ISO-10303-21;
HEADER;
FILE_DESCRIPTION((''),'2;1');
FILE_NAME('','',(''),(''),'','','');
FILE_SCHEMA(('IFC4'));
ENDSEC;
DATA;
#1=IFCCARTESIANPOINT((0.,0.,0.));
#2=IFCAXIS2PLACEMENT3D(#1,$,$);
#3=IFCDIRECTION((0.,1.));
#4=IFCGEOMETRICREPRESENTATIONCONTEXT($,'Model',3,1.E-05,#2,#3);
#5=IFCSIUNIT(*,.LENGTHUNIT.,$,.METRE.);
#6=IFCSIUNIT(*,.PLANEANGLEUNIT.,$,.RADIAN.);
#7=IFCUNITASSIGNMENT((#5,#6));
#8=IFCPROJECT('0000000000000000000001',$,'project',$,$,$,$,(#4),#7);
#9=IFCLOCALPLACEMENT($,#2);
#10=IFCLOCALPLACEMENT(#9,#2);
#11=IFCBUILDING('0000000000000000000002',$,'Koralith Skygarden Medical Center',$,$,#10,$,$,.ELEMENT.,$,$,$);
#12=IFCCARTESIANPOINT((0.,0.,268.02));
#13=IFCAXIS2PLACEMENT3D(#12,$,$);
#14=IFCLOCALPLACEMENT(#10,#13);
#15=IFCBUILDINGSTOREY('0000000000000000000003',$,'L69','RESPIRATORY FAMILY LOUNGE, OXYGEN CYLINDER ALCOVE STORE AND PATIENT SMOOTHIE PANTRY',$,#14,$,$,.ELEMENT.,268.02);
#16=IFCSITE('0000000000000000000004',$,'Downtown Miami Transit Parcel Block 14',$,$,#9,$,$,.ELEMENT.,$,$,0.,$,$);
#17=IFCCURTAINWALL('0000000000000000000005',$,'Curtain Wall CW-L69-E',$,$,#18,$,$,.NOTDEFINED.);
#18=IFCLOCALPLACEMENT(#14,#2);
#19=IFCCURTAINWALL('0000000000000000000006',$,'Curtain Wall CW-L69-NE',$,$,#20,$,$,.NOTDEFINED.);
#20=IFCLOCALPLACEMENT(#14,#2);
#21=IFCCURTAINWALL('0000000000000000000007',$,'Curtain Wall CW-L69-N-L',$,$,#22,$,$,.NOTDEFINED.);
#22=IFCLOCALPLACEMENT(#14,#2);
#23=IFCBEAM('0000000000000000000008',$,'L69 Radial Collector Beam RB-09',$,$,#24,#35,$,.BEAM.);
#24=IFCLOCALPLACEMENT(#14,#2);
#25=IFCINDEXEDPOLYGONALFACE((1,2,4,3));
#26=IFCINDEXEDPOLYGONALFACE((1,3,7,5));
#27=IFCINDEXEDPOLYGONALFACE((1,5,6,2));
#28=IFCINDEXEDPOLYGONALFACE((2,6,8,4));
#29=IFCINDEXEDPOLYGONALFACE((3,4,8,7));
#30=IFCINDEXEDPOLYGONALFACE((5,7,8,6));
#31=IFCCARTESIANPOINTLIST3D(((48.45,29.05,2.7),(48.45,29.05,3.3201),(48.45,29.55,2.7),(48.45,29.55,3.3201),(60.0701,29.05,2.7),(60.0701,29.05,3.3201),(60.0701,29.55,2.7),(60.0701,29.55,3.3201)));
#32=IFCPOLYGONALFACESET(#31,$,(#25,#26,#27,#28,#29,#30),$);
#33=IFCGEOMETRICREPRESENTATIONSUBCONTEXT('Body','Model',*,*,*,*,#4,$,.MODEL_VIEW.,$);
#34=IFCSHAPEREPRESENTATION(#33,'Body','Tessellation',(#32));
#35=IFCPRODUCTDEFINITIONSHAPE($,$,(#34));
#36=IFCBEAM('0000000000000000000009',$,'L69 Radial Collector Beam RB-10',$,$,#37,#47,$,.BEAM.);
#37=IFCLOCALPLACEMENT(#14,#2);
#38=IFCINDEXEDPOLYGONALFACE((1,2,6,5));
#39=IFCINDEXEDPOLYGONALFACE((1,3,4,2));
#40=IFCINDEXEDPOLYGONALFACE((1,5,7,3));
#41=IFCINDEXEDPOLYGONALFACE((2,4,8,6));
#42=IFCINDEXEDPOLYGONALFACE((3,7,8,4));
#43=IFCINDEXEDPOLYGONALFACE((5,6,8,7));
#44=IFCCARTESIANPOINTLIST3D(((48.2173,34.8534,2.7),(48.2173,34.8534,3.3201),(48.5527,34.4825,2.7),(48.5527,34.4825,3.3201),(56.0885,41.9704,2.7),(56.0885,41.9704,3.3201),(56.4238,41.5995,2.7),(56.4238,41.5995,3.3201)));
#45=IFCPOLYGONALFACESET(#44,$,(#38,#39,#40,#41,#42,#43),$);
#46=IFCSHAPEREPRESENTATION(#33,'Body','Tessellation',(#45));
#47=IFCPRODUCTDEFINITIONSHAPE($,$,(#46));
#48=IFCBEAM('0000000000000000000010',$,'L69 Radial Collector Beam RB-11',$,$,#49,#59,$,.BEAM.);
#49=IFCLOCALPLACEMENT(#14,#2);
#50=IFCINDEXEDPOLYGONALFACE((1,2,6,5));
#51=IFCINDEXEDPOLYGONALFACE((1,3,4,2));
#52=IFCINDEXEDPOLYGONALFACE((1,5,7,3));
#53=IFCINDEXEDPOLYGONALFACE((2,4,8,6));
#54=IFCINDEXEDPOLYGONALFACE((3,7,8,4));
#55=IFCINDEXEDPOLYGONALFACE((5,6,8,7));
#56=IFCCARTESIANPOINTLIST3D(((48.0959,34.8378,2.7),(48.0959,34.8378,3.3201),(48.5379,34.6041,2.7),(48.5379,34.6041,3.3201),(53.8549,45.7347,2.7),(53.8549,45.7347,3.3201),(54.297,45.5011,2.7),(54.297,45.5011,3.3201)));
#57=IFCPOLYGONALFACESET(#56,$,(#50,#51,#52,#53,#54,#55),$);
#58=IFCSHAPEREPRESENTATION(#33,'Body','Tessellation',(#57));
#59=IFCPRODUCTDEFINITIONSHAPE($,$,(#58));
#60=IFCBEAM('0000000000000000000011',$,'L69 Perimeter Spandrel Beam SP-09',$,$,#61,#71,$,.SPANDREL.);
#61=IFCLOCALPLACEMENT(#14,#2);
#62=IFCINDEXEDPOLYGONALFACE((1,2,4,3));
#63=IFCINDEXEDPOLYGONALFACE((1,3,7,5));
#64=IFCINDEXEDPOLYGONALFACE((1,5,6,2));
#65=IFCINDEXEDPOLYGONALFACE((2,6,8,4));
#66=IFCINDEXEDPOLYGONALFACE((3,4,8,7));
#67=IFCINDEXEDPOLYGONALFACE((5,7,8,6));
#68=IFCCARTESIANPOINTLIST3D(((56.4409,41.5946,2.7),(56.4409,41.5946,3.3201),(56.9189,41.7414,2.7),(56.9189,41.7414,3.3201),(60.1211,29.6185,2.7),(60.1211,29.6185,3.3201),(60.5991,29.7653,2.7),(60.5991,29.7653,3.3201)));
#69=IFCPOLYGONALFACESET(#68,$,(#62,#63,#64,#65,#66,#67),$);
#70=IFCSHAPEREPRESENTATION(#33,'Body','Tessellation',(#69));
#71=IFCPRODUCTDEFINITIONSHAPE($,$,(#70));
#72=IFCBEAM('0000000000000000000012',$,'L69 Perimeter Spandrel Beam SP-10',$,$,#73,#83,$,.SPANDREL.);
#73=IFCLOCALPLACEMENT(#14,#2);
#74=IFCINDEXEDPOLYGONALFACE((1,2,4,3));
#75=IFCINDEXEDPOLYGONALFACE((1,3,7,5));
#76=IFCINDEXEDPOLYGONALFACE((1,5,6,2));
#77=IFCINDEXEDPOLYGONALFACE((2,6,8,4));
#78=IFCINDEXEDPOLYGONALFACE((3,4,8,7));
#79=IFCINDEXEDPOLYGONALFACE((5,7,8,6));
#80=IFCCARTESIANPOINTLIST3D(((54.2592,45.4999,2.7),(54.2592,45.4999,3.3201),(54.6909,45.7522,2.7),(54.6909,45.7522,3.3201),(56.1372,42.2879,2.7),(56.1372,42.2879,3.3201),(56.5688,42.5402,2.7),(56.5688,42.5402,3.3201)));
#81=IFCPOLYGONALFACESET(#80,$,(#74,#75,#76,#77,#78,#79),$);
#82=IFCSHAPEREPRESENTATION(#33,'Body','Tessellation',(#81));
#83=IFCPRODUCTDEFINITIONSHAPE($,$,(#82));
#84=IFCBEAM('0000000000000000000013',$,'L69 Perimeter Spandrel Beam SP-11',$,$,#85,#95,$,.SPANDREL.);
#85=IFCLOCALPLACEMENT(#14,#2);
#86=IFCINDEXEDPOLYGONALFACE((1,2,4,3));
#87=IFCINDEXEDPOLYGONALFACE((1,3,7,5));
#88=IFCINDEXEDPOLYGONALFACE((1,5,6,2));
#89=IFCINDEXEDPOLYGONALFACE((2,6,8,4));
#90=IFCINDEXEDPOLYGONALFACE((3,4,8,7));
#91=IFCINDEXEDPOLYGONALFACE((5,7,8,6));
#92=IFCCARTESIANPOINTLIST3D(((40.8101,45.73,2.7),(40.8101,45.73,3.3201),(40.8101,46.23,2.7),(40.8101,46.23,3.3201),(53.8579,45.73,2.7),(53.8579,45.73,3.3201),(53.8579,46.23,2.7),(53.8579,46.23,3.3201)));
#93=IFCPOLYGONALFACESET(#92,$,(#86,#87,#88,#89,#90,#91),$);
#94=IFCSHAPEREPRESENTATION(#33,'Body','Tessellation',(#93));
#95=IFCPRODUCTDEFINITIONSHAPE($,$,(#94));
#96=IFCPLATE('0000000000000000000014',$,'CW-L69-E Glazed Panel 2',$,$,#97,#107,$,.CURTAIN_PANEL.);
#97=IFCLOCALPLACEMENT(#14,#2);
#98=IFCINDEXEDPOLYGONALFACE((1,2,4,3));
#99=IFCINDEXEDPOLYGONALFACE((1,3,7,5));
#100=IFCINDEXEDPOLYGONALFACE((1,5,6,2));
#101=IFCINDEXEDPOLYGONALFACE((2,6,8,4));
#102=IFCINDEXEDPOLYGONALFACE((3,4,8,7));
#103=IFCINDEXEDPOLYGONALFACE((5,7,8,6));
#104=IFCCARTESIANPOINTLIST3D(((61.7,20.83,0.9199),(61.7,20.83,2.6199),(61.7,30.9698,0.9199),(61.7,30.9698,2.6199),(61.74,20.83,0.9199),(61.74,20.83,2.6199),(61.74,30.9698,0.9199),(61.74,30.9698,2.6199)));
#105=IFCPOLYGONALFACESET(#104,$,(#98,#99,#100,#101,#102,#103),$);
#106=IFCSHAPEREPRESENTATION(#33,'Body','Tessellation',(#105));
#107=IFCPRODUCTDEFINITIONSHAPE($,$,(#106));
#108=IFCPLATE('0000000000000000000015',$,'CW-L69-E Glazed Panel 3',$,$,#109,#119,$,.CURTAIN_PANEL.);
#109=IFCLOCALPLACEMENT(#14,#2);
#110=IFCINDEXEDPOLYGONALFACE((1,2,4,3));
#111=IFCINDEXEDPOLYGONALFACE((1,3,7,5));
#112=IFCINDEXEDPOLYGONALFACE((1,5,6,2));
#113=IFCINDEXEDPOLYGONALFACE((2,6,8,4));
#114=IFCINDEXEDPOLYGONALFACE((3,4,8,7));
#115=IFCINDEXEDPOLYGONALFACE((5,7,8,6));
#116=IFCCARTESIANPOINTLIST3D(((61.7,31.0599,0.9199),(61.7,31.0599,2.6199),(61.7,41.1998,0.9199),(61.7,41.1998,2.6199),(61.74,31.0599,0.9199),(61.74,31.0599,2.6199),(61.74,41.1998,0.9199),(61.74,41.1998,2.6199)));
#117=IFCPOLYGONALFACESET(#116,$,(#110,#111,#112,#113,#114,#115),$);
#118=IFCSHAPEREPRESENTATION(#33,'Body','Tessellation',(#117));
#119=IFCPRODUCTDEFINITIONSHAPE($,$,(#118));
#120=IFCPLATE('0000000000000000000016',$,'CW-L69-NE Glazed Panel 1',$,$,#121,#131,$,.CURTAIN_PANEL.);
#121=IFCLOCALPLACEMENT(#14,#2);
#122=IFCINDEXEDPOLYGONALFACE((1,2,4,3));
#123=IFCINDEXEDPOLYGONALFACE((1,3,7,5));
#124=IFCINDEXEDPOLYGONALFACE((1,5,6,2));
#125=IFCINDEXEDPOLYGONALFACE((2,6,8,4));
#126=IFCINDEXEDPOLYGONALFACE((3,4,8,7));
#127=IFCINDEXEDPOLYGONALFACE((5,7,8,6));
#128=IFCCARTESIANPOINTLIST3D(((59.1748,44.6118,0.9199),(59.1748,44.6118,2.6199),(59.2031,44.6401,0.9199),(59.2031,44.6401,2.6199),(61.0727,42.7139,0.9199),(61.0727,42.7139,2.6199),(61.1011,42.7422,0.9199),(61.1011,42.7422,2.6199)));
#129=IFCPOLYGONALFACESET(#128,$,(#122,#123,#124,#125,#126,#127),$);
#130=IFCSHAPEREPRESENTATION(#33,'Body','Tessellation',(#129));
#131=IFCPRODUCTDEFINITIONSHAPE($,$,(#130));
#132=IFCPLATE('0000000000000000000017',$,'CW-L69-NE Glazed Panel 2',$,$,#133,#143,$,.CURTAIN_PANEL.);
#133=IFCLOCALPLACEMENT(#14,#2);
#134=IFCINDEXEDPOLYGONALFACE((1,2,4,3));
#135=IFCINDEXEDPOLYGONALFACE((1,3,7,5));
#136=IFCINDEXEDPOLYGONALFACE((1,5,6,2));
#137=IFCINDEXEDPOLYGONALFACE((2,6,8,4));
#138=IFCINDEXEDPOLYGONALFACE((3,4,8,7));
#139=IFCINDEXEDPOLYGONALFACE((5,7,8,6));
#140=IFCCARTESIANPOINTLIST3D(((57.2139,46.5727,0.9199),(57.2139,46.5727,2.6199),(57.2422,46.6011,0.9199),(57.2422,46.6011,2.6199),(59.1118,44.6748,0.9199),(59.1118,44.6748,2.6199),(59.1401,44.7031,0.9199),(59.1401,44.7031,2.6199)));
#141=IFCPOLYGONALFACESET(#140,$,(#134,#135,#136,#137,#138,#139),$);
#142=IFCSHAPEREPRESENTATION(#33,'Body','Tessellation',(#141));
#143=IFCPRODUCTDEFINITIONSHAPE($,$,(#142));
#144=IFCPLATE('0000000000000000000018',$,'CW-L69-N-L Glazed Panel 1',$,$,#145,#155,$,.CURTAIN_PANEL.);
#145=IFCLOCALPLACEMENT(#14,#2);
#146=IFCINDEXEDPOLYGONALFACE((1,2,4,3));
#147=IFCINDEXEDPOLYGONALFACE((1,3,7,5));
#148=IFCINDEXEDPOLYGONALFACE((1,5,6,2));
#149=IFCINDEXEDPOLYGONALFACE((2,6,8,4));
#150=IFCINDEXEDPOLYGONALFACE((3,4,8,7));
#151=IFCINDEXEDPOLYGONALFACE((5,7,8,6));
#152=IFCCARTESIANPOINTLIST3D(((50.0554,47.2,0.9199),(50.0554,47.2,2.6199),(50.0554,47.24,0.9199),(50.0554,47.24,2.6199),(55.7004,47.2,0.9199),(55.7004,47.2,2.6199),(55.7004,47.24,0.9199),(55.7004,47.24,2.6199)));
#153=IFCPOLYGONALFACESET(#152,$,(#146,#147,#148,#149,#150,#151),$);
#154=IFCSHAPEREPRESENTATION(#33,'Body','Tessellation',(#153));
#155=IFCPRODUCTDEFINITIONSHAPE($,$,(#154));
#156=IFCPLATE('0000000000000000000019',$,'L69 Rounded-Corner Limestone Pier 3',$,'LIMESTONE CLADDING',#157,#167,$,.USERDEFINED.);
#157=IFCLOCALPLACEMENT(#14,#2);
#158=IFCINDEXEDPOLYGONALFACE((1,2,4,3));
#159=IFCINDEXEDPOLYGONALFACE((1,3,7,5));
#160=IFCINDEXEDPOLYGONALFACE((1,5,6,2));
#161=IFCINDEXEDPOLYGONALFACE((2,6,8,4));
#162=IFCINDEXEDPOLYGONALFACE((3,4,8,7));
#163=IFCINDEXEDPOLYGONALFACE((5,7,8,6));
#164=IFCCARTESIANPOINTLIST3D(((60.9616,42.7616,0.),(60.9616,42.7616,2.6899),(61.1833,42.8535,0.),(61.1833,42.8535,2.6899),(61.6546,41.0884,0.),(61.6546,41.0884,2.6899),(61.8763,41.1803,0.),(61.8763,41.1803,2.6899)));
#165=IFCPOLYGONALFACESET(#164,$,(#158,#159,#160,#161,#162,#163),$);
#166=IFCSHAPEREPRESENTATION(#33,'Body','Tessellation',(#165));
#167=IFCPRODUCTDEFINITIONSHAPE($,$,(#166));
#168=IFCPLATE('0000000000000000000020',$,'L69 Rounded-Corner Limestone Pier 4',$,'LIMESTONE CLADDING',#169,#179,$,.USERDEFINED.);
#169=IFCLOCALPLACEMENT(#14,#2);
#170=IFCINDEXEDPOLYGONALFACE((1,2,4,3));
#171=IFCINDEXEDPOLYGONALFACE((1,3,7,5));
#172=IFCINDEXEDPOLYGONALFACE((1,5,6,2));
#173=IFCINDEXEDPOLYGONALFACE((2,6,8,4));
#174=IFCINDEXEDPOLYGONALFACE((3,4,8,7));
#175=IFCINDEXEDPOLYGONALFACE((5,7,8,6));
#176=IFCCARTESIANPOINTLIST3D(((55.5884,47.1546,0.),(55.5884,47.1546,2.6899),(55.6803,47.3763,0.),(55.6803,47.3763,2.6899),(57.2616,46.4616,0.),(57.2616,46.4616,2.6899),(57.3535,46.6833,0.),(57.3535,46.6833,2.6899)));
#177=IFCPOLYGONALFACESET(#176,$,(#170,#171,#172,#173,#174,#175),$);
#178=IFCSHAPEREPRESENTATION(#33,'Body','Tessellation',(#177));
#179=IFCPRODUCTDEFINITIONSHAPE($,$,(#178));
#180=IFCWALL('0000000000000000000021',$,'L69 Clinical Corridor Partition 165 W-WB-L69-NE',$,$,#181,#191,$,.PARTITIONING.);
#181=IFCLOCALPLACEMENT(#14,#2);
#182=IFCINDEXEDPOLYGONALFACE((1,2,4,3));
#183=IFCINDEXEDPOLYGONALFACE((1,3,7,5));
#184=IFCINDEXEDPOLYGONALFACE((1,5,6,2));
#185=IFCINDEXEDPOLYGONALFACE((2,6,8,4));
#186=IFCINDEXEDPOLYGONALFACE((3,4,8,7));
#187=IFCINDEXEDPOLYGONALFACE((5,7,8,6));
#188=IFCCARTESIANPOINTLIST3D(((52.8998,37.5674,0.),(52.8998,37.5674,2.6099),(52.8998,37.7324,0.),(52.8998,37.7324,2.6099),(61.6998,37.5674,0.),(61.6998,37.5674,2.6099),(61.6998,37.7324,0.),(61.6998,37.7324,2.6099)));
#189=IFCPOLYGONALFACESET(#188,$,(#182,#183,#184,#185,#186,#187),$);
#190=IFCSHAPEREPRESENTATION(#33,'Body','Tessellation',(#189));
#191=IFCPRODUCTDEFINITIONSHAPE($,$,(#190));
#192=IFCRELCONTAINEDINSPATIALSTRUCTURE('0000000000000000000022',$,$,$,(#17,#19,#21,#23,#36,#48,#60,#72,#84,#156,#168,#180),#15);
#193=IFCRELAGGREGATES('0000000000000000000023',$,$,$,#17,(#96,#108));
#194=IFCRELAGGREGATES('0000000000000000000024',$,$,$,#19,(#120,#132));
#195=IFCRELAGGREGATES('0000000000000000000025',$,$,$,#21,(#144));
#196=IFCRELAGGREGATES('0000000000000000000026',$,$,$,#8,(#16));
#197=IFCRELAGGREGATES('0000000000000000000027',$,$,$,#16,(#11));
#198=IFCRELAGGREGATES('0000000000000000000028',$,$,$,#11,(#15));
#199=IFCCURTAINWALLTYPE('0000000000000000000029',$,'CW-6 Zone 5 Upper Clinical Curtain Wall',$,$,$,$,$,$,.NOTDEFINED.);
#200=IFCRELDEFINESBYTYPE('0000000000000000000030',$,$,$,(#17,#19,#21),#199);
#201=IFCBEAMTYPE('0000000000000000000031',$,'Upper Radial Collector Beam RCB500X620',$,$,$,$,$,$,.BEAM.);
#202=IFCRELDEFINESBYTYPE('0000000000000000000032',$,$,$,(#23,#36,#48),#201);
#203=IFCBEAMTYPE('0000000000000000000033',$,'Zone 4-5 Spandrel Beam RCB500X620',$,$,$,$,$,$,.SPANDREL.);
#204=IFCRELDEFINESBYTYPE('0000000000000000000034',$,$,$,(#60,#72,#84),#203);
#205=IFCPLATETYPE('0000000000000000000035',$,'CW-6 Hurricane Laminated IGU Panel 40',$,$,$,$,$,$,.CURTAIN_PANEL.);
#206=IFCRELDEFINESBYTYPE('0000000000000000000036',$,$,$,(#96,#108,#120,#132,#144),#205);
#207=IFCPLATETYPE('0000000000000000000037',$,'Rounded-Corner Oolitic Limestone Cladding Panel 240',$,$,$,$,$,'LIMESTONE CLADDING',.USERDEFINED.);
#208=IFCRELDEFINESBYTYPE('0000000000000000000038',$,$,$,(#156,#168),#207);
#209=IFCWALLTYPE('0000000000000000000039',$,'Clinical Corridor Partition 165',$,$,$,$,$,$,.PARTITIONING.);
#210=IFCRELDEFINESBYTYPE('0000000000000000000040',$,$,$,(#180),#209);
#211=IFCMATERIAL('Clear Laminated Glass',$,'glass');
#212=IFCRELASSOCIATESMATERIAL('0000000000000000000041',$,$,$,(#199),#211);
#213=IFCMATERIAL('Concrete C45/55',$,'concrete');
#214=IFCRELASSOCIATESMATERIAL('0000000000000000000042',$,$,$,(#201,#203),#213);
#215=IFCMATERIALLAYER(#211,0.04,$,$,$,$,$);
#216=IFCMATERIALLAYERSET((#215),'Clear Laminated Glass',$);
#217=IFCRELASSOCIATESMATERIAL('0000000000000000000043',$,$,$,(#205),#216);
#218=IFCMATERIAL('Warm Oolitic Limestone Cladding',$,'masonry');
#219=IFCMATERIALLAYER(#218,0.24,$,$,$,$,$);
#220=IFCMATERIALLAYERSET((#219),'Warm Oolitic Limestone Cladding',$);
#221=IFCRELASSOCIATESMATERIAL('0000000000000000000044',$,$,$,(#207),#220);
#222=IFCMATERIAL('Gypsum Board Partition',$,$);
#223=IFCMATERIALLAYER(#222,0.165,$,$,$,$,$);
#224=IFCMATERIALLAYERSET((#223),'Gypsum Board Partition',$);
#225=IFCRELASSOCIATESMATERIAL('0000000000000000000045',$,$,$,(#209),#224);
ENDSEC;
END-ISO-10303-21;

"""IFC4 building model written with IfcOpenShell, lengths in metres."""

from ifc_helpers import new_model, si_unit, direction, frame, frame_2d, origin, origin_2d, place, context, subcontext, project, spatial, rectangle, extrude, material, layer, layer_set, material_profile, profile_set, type_object, element, aggregate, save


model = new_model("IFC4")

# Units and contexts
model_context = context("Model", 3, precision=1e-05, world=origin(), true_north=direction((0.0, 1.0)))
body_context = subcontext(model_context, "Body", "Model", "MODEL_VIEW")
ifc_project = project(units=[si_unit("LENGTHUNIT", "METRE"), si_unit("PLANEANGLEUNIT", "RADIAN")], contexts=[model_context])

# Site, building, storey
site_placement = place(None, origin())
site = spatial("IfcSite", under=ifc_project, at=site_placement, Name="Downtown Miami Transit Parcel Block 14", CompositionType="ELEMENT", RefElevation=0.0)
building_placement = place(site_placement, origin())
building = spatial("IfcBuilding", under=site, at=building_placement, Name="Koralith Skygarden Medical Center", CompositionType="ELEMENT")
storey_placement = place(building_placement, frame((0.0, 0.0, 268.02)))
storey = spatial("IfcBuildingStorey", under=building, at=storey_placement, Name="L69", Description="RESPIRATORY FAMILY LOUNGE, OXYGEN CYLINDER ALCOVE STORE AND PATIENT SMOOTHIE PANTRY", CompositionType="ELEMENT", Elevation=268.02)

# Curtain walls
ifc_material_1 = material(Name="Clear Laminated Glass", Category="glass")
curtain_wall_type = type_object("IfcCurtainWallType", Name="CW-6 Zone 5 Upper Clinical Curtain Wall", PredefinedType="NOTDEFINED", material=ifc_material_1)
curtain_wall_1_placement = place(storey_placement, origin())
curtain_wall_1 = element("IfcCurtainWall", 1, at=curtain_wall_1_placement, inside=storey, type_object=curtain_wall_type, Name="Curtain Wall CW-L69-E", PredefinedType="NOTDEFINED")
curtain_wall_2_placement = place(storey_placement, origin())
curtain_wall_2 = element("IfcCurtainWall", 2, at=curtain_wall_2_placement, inside=storey, type_object=curtain_wall_type, Name="Curtain Wall CW-L69-NE", PredefinedType="NOTDEFINED")
curtain_wall_3_placement = place(storey_placement, origin())
curtain_wall_3 = element("IfcCurtainWall", 3, at=curtain_wall_3_placement, inside=storey, type_object=curtain_wall_type, Name="Curtain Wall CW-L69-N-L", PredefinedType="NOTDEFINED")

# Beams
ifc_material_2 = material(Name="Concrete C45/55", Category="concrete")
ifc_material_profile_1 = material_profile(ifc_material_2, rectangle(XDim=0.5, YDim=0.6201, at=origin_2d()), Name="RCB500X620")
ifc_profile_set_1 = profile_set([ifc_material_profile_1], Name="Concrete C45/55")
beam_type_1 = type_object("IfcBeamType", Name="Upper Radial Collector Beam RCB500X620", PredefinedType="BEAM", material=ifc_profile_set_1)
beam_1_placement = place(storey_placement, frame((48.45, 29.3, 3.01), z_axis=(1.0, 0.0, 0.0), x_axis=(0.0, 1.0, 0.0)))
element("IfcBeam", 4, at=beam_1_placement, inside=storey, type_object=beam_type_1, Name="L69 Radial Collector Beam RB-09", PredefinedType="BEAM", context=body_context, shape_type="SweptSolid", body=[
    extrude(rectangle(XDim=0.5, YDim=0.6201, at=origin_2d()), origin(), (0.0, 0.0, 1.0), 11.6201),
])
beam_2_placement = place(storey_placement, frame((48.385, 34.668, 3.01), z_axis=(0.741748, 0.670679, 0.0), x_axis=(-0.670679, 0.741748, 0.0)))
element("IfcBeam", 5, at=beam_2_placement, inside=storey, type_object=beam_type_1, Name="L69 Radial Collector Beam RB-10", PredefinedType="BEAM", context=body_context, shape_type="SweptSolid", body=[
    extrude(rectangle(XDim=0.5, YDim=0.6201, at=origin_2d()), origin(), (0.0, 0.0, 1.0), 10.6116),
])
beam_3_placement = place(storey_placement, frame((48.3169, 34.7209, 3.01), z_axis=(0.467257, 0.884122, 0.0), x_axis=(-0.884122, 0.467257, 0.0)))
element("IfcBeam", 6, at=beam_3_placement, inside=storey, type_object=beam_type_1, Name="L69 Radial Collector Beam RB-11", PredefinedType="BEAM", context=body_context, shape_type="SweptSolid", body=[
    extrude(rectangle(XDim=0.5, YDim=0.6201, at=origin_2d()), origin(), (0.0, 0.0, 1.0), 12.3252),
])
ifc_material_profile_2 = material_profile(ifc_material_2, rectangle(XDim=0.5, YDim=0.6201, at=origin_2d()), Name="RCB500X620")
ifc_profile_set_2 = profile_set([ifc_material_profile_2], Name="Concrete C45/55")
beam_type_2 = type_object("IfcBeamType", Name="Zone 4-5 Spandrel Beam RCB500X620", PredefinedType="SPANDREL", material=ifc_profile_set_2)
beam_4_placement = place(storey_placement, frame((60.3601, 29.6919, 3.01), z_axis=(-0.293738, 0.955886, 0.0), x_axis=(-0.955886, -0.293738, 0.0)))
element("IfcBeam", 7, at=beam_4_placement, inside=storey, type_object=beam_type_2, Name="L69 Perimeter Spandrel Beam SP-09", PredefinedType="SPANDREL", context=body_context, shape_type="SweptSolid", body=[
    extrude(rectangle(XDim=0.5, YDim=0.6201, at=origin_2d()), origin(), (0.0, 0.0, 1.0), 12.5288),
])
beam_5_placement = place(storey_placement, frame((56.353, 42.4141, 3.01), z_axis=(-0.504736, 0.863274, 0.0), x_axis=(-0.863274, -0.504736, 0.0)))
element("IfcBeam", 8, at=beam_5_placement, inside=storey, type_object=beam_type_2, Name="L69 Perimeter Spandrel Beam SP-10", PredefinedType="SPANDREL", context=body_context, shape_type="SweptSolid", body=[
    extrude(rectangle(XDim=0.5, YDim=0.6201, at=origin_2d()), origin(), (0.0, 0.0, 1.0), 3.7207),
])
beam_6_placement = place(storey_placement, frame((53.8579, 45.98, 3.01), z_axis=(-1.0, 0.0, 0.0), x_axis=(0.0, -1.0, 0.0)))
element("IfcBeam", 9, at=beam_6_placement, inside=storey, type_object=beam_type_2, Name="L69 Perimeter Spandrel Beam SP-11", PredefinedType="SPANDREL", context=body_context, shape_type="SweptSolid", body=[
    extrude(rectangle(XDim=0.5, YDim=0.6201, at=origin_2d()), origin(), (0.0, 0.0, 1.0), 13.0479),
])

# Plates
ifc_layer_1 = layer(ifc_material_1, 0.04)
ifc_layer_set_1 = layer_set([ifc_layer_1], Name="Clear Laminated Glass")
plate_type_1 = type_object("IfcPlateType", Name="CW-6 Hurricane Laminated IGU Panel 40", PredefinedType="CURTAIN_PANEL", material=ifc_layer_set_1)
plate_1_placement = place(storey_placement, frame((61.72, 25.8999, 0.9199), z_axis=(0.0, 0.0, 1.0), x_axis=(0.0, 1.0, 0.0)))
plate_1 = element("IfcPlate", 10, at=plate_1_placement, type_object=plate_type_1, Name="CW-L69-E Glazed Panel 2", PredefinedType="CURTAIN_PANEL", context=body_context, shape_type="SweptSolid", body=[
    extrude(rectangle(XDim=10.1399, YDim=0.04, at=origin_2d()), origin(), (0.0, 0.0, 1.0), 1.7),
])
plate_2_placement = place(storey_placement, frame((61.72, 36.1299, 0.9199), z_axis=(0.0, 0.0, 1.0), x_axis=(0.0, 1.0, 0.0)))
plate_2 = element("IfcPlate", 11, at=plate_2_placement, type_object=plate_type_1, Name="CW-L69-E Glazed Panel 3", PredefinedType="CURTAIN_PANEL", context=body_context, shape_type="SweptSolid", body=[
    extrude(rectangle(XDim=10.1399, YDim=0.04, at=origin_2d()), origin(), (0.0, 0.0, 1.0), 1.7),
])
aggregate(curtain_wall_1, [plate_1, plate_2])
plate_3_placement = place(storey_placement, frame((60.1379, 43.677, 0.9199), z_axis=(0.0, 0.0, 1.0), x_axis=(-0.707107, 0.707107, 0.0)))
plate_3 = element("IfcPlate", 12, at=plate_3_placement, type_object=plate_type_1, Name="CW-L69-NE Glazed Panel 1", PredefinedType="CURTAIN_PANEL", context=body_context, shape_type="SweptSolid", body=[
    extrude(rectangle(XDim=2.6841, YDim=0.04, at=origin_2d()), origin(), (0.0, 0.0, 1.0), 1.7),
])
plate_4_placement = place(storey_placement, frame((58.177, 45.6379, 0.9199), z_axis=(0.0, 0.0, 1.0), x_axis=(-0.707107, 0.707107, 0.0)))
plate_4 = element("IfcPlate", 13, at=plate_4_placement, type_object=plate_type_1, Name="CW-L69-NE Glazed Panel 2", PredefinedType="CURTAIN_PANEL", context=body_context, shape_type="SweptSolid", body=[
    extrude(rectangle(XDim=2.6841, YDim=0.04, at=origin_2d()), origin(), (0.0, 0.0, 1.0), 1.7),
])
aggregate(curtain_wall_2, [plate_3, plate_4])
plate_5_placement = place(storey_placement, frame((52.8779, 47.22, 0.9199), z_axis=(0.0, 0.0, 1.0), x_axis=(-1.0, 0.0, 0.0)))
plate_5 = element("IfcPlate", 14, at=plate_5_placement, type_object=plate_type_1, Name="CW-L69-N-L Glazed Panel 1", PredefinedType="CURTAIN_PANEL", context=body_context, shape_type="SweptSolid", body=[
    extrude(rectangle(XDim=5.645, YDim=0.04, at=origin_2d()), origin(), (0.0, 0.0, 1.0), 1.7),
])
aggregate(curtain_wall_3, [plate_5])

# Plates
ifc_material_3 = material(Name="Warm Oolitic Limestone Cladding", Category="masonry")
ifc_layer_2 = layer(ifc_material_3, 0.24)
ifc_layer_set_2 = layer_set([ifc_layer_2], Name="Warm Oolitic Limestone Cladding")
plate_type_2 = type_object("IfcPlateType", Name="Rounded-Corner Oolitic Limestone Cladding Panel 240", ElementType="LIMESTONE CLADDING", PredefinedType="USERDEFINED", material=ifc_layer_set_2)
for number, where, z_axis, x_axis, name in (
    (15, (61.4189, 41.9709, 0.0), (0.0, 0.0, 1.0), (-0.382671, 0.923885, 0.0), "L69 Rounded-Corner Limestone Pier 3"),
    (16, (56.4709, 46.9189, 0.0), (0.0, 0.0, 1.0), (-0.923885, 0.382671, 0.0), "L69 Rounded-Corner Limestone Pier 4"),
):
    element("IfcPlate", number, at=place(storey_placement, frame(where, z_axis=z_axis, x_axis=x_axis)), inside=storey, type_object=plate_type_2, Name=name, ObjectType="LIMESTONE CLADDING", PredefinedType="USERDEFINED", context=body_context, shape_type="SweptSolid", body=[
        extrude(rectangle(XDim=1.811, YDim=0.24, at=origin_2d()), origin(), (0.0, 0.0, 1.0), 2.6899),
    ])

# Wall
ifc_material_4 = material(Name="Gypsum Board Partition")
ifc_layer_3 = layer(ifc_material_4, 0.165)
ifc_layer_set_3 = layer_set([ifc_layer_3], Name="Gypsum Board Partition")
wall_type_1 = type_object("IfcWallType", Name="Clinical Corridor Partition 165", PredefinedType="PARTITIONING", material=ifc_layer_set_3)
wall_1_placement = place(storey_placement, frame((52.8999, 37.6499, 0.0), z_axis=(0.0, 0.0, 1.0), x_axis=(1.0, 0.0, 0.0)))
element("IfcWall", 17, at=wall_1_placement, inside=storey, type_object=wall_type_1, Name="L69 Clinical Corridor Partition 165 W-WB-L69-NE", PredefinedType="PARTITIONING", context=body_context, shape_type="SweptSolid", body=[
    extrude(rectangle(XDim=8.8, YDim=0.165, at=frame_2d((4.3999, 0.0))), origin(), (0.0, 0.0, 1.0), 2.6099),
])

save(model, "model.ifc")
